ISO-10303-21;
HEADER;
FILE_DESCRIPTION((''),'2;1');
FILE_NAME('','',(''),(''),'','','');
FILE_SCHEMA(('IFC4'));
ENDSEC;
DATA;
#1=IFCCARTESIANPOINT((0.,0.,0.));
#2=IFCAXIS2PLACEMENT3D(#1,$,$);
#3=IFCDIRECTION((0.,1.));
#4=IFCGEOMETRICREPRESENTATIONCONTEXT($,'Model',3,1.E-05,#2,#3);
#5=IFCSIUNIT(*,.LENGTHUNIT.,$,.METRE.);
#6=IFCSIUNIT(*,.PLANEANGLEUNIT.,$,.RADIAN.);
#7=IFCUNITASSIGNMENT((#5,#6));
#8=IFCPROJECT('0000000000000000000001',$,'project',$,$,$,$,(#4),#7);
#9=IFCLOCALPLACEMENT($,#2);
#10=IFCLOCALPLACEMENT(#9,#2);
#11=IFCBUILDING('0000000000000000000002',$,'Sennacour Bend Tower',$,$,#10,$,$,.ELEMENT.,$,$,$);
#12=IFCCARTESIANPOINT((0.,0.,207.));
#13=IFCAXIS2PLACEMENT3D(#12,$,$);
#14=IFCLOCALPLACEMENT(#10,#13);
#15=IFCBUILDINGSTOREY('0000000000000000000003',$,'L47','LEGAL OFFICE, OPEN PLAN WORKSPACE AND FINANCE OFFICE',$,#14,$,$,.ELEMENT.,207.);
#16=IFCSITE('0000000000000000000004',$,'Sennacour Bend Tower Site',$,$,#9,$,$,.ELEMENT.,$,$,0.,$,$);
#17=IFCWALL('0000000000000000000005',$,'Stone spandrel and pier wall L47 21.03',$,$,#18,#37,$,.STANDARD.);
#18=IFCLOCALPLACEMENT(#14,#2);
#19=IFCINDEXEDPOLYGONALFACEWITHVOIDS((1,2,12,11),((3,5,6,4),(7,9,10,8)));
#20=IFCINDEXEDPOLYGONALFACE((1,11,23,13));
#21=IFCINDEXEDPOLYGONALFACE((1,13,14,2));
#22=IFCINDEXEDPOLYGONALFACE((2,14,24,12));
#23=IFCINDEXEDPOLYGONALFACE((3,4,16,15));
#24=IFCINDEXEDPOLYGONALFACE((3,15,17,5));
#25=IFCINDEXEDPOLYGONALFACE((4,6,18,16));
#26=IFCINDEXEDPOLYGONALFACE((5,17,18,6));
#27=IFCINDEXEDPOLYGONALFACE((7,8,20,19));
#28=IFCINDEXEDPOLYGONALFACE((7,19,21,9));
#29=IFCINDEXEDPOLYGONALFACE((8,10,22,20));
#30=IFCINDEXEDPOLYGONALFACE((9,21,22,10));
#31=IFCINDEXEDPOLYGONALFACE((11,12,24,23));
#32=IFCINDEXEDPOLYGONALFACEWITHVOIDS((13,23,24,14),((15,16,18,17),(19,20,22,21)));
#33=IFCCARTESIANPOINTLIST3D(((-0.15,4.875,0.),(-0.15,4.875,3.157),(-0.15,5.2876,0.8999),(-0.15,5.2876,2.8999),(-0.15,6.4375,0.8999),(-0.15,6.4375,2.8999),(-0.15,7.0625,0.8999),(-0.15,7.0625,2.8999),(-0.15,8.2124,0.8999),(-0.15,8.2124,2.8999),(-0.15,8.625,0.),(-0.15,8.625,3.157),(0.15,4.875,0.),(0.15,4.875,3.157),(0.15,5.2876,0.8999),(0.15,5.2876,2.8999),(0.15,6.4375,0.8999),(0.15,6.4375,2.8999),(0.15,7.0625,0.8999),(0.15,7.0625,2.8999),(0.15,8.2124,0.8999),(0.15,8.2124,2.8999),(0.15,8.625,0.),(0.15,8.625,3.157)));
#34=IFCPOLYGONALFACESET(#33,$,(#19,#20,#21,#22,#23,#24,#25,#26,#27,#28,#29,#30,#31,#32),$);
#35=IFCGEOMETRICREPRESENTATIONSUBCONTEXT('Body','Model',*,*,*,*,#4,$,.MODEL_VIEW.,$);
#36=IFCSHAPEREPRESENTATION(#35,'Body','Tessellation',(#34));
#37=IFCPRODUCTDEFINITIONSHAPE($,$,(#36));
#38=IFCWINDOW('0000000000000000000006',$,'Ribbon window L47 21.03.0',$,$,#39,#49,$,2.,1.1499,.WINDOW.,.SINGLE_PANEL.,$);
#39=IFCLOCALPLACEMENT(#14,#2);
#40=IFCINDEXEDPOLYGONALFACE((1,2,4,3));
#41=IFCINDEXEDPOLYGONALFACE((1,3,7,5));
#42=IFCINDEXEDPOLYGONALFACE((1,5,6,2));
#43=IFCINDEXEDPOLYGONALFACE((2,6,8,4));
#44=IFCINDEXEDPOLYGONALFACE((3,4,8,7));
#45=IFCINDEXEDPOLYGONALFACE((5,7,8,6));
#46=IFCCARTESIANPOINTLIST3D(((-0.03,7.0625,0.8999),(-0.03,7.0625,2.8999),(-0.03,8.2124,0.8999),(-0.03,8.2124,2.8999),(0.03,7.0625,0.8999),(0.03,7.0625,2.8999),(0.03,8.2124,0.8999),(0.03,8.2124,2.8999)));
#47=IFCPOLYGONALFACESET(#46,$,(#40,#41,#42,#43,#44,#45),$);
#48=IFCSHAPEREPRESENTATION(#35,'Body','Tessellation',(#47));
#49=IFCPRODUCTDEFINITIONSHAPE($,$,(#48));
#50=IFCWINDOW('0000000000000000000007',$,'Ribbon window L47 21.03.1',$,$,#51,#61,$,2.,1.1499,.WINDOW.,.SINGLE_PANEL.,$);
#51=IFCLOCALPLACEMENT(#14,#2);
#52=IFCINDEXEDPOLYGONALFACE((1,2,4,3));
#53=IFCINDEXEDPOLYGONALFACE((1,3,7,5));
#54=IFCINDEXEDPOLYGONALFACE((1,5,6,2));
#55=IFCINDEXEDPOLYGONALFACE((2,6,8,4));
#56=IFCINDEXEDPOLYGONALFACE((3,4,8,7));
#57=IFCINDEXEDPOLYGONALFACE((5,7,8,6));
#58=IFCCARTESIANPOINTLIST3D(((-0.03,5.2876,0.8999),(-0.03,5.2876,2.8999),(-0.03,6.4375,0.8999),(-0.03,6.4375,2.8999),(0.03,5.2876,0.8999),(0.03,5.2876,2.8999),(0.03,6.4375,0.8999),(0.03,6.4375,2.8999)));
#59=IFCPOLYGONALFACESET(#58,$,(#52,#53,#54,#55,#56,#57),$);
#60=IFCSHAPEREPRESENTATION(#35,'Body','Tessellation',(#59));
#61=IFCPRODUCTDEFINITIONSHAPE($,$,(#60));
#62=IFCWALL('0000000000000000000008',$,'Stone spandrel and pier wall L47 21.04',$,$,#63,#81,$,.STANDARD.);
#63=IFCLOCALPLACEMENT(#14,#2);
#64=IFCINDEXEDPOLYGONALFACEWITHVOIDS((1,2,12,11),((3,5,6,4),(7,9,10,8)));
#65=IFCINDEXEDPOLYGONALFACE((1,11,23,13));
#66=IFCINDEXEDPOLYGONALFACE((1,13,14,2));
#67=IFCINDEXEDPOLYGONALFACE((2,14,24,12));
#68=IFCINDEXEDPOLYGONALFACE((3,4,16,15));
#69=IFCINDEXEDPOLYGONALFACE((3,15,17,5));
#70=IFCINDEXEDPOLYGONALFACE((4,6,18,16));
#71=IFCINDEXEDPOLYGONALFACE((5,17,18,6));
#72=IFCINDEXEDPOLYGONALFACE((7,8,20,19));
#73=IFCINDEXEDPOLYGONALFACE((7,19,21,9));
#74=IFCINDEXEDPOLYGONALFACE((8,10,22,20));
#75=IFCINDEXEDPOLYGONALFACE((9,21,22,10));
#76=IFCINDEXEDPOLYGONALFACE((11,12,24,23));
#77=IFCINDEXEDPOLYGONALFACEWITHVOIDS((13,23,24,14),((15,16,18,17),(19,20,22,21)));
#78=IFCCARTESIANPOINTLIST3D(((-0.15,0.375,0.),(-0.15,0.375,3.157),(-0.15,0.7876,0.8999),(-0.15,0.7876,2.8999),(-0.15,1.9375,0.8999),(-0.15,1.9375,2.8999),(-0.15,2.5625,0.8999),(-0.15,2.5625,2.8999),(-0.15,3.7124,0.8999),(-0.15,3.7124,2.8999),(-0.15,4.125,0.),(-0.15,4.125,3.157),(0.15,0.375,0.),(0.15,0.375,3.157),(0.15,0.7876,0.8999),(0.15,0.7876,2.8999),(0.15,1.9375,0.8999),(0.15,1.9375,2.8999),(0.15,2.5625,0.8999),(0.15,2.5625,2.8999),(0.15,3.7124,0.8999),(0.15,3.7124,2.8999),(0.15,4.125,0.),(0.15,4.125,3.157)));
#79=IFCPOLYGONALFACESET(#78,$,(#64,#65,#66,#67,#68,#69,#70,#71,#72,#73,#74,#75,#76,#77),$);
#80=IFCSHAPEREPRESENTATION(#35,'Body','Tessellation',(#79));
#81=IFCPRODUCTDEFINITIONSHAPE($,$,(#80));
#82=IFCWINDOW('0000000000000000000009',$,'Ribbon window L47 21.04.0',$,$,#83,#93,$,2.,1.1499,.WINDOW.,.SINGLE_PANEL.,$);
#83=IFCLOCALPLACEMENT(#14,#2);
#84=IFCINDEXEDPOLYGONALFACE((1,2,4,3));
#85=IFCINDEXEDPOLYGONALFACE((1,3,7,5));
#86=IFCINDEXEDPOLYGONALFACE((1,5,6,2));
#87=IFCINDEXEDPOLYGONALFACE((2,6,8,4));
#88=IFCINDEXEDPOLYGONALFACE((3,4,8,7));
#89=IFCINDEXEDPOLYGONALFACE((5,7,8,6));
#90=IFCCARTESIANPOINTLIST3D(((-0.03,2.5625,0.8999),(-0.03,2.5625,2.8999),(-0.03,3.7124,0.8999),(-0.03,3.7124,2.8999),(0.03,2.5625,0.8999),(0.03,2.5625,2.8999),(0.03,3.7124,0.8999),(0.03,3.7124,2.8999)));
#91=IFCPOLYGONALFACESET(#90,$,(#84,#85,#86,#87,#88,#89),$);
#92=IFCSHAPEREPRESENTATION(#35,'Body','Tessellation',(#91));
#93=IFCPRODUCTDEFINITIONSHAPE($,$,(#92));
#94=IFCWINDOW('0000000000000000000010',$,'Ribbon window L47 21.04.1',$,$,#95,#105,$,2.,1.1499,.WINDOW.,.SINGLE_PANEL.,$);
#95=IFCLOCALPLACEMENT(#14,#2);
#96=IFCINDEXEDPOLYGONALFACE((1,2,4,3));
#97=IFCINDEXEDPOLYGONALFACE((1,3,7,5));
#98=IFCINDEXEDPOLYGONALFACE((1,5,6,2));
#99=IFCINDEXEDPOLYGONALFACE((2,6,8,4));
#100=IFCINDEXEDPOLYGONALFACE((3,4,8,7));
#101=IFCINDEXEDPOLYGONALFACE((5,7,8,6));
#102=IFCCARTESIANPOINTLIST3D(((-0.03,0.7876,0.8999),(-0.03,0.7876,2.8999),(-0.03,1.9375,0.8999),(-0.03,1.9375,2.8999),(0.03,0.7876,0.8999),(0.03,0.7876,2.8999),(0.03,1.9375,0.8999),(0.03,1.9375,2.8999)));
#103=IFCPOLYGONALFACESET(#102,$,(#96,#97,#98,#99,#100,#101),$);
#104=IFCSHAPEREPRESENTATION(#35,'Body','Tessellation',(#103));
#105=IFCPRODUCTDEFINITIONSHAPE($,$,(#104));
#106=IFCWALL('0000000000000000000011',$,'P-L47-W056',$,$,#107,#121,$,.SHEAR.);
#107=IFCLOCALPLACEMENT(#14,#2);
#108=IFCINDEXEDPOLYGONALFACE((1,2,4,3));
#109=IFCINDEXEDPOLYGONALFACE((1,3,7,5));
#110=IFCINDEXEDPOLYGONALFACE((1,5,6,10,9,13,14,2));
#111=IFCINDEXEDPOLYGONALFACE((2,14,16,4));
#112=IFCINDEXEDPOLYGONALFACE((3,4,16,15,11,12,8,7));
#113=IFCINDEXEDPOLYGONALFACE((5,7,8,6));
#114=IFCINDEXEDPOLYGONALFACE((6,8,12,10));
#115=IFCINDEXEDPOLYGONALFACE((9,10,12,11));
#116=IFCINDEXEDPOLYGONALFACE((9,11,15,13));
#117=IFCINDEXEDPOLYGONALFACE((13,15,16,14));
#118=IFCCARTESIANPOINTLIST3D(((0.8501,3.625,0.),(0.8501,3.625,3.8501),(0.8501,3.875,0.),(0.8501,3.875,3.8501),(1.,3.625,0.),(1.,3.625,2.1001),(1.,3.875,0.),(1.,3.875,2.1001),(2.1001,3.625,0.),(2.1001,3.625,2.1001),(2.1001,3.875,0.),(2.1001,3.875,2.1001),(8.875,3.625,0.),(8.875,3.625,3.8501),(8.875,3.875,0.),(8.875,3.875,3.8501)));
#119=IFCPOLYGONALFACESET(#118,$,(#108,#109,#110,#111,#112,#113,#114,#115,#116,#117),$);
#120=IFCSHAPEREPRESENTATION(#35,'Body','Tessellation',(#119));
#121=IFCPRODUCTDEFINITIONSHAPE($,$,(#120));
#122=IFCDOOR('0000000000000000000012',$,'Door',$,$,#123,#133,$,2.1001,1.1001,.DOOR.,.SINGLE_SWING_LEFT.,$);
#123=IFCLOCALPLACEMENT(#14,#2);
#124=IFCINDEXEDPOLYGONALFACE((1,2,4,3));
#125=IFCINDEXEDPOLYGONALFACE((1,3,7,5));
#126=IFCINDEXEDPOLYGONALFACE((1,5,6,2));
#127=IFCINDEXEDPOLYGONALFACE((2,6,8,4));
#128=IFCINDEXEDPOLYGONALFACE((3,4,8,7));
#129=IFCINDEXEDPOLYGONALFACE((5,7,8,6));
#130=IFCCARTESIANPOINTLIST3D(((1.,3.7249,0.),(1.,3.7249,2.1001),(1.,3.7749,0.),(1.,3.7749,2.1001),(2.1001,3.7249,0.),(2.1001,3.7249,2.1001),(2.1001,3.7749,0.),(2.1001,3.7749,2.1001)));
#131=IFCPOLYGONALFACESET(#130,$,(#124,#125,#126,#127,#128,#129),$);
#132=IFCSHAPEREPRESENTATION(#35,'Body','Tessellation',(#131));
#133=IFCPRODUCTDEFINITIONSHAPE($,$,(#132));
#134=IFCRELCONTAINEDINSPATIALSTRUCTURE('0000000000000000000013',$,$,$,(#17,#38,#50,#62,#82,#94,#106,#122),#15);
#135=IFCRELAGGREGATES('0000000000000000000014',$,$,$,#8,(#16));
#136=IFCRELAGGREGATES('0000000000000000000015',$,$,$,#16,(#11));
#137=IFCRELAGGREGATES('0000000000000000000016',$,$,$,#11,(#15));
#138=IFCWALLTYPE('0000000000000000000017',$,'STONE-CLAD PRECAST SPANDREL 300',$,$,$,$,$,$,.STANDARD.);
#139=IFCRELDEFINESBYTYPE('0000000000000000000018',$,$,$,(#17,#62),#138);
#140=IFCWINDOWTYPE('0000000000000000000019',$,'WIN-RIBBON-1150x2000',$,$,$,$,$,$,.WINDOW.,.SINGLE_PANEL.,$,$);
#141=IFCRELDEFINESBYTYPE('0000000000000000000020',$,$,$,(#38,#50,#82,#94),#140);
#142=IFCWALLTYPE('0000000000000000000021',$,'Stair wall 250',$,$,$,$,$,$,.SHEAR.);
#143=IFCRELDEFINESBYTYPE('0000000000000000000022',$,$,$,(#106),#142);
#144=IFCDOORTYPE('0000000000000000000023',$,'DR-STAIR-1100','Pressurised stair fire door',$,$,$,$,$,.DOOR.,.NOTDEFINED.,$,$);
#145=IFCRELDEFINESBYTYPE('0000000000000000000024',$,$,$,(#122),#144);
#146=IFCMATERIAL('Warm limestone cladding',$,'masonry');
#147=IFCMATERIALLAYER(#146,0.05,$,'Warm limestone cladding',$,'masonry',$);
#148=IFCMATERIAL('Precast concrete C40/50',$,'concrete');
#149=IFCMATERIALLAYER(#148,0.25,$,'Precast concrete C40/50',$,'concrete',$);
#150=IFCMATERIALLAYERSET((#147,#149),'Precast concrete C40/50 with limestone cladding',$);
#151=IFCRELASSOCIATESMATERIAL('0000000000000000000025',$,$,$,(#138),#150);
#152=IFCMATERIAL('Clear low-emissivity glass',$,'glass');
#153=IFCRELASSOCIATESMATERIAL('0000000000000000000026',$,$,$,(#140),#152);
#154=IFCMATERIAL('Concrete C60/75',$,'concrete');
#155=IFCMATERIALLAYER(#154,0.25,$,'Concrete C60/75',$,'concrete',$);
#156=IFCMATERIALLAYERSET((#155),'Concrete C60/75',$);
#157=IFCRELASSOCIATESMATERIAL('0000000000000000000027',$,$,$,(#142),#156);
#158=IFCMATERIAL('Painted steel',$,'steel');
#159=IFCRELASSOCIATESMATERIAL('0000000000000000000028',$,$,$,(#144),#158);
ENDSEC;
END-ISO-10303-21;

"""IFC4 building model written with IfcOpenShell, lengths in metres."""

from ifc_helpers import new_model, si_unit, direction, frame, frame_2d, origin, place, context, subcontext, project, spatial, rectangle, extrude, material, layer, layer_set, type_object, element, fill, save


model = new_model("IFC4")

# Units and contexts
model_context = context("Model", 3, precision=1e-05, world=origin(), true_north=direction((0.0, 1.0)))
body_context = subcontext(model_context, "Body", "Model", "MODEL_VIEW")
ifc_project = project(units=[si_unit("LENGTHUNIT", "METRE"), si_unit("PLANEANGLEUNIT", "RADIAN")], contexts=[model_context])

# Site, building, storey
site_placement = place(None, origin())
site = spatial("IfcSite", under=ifc_project, at=site_placement, Name="Sennacour Bend Tower Site", CompositionType="ELEMENT", RefElevation=0.0)
building_placement = place(site_placement, origin())
building = spatial("IfcBuilding", under=site, at=building_placement, Name="Sennacour Bend Tower", CompositionType="ELEMENT")
storey_placement = place(building_placement, frame((0.0, 0.0, 207.0)))
storey = spatial("IfcBuildingStorey", under=building, at=storey_placement, Name="L47", Description="LEGAL OFFICE, OPEN PLAN WORKSPACE AND FINANCE OFFICE", CompositionType="ELEMENT", Elevation=207.0)

# Walls, openings, windows
ifc_material_1 = material(Name="Warm limestone cladding", Category="masonry")
ifc_layer_1 = layer(ifc_material_1, 0.05, Name="Warm limestone cladding", Category="masonry")
ifc_material_2 = material(Name="Precast concrete C40/50", Category="concrete")
ifc_layer_2 = layer(ifc_material_2, 0.25, Name="Precast concrete C40/50", Category="concrete")
ifc_layer_set_1 = layer_set([ifc_layer_1, ifc_layer_2], Name="Precast concrete C40/50 with limestone cladding")
wall_type_1 = type_object("IfcWallType", Name="STONE-CLAD PRECAST SPANDREL 300", PredefinedType="STANDARD", material=ifc_layer_set_1)
wall_1_placement = place(storey_placement, frame((0.0, 8.625, 0.0), z_axis=(0.0, 0.0, 1.0), x_axis=(0.0, -1.0, 0.0)))
wall_1 = element("IfcWall", 1, at=wall_1_placement, inside=storey, type_object=wall_type_1, Name="Stone spandrel and pier wall L47 21.03", PredefinedType="STANDARD", context=body_context, shape_type="SweptSolid", body=[
    extrude(rectangle(XDim=3.75, YDim=0.3, at=frame_2d((1.875, 0.0))), origin(), (0.0, 0.0, 1.0), 3.157),
])
opening_1_placement = place(wall_1_placement, frame((0.4126, 0.0, 0.8999)))
opening_1 = element("IfcOpeningElement", 2, at=opening_1_placement, cuts=wall_1, PredefinedType="OPENING", context=body_context, shape_type="SweptSolid", body=[
    extrude(rectangle(XDim=1.1499, YDim=2.0, at=frame_2d((0.575, 1.0))), frame((0.0, 0.1602, 0.0), z_axis=(0.0, -1.0, 0.0), x_axis=(1.0, 0.0, 0.0)), (0.0, 0.0, 1.0), 0.3201),
])
opening_2_placement = place(wall_1_placement, frame((2.1875, 0.0, 0.8999)))
opening_2 = element("IfcOpeningElement", 3, at=opening_2_placement, cuts=wall_1, PredefinedType="OPENING", context=body_context, shape_type="SweptSolid", body=[
    extrude(rectangle(XDim=1.1499, YDim=2.0, at=frame_2d((0.575, 1.0))), frame((0.0, 0.1602, 0.0), z_axis=(0.0, -1.0, 0.0), x_axis=(1.0, 0.0, 0.0)), (0.0, 0.0, 1.0), 0.3201),
])
ifc_material_3 = material(Name="Clear low-emissivity glass", Category="glass")
window_type = type_object("IfcWindowType", Name="WIN-RIBBON-1150x2000", PartitioningType="SINGLE_PANEL", PredefinedType="WINDOW", material=ifc_material_3)
window_1_placement = place(opening_1_placement, origin())
window_1 = element("IfcWindow", 4, at=window_1_placement, inside=storey, type_object=window_type, Name="Ribbon window L47 21.03.0", OverallHeight=2.0, OverallWidth=1.1499, PartitioningType="SINGLE_PANEL", PredefinedType="WINDOW", context=body_context, shape_type="SweptSolid", body=[
    extrude(rectangle(XDim=1.1499, YDim=2.0, at=frame_2d((0.575, 1.0))), frame((0.0, 0.03, 0.0), z_axis=(0.0, -1.0, 0.0), x_axis=(1.0, 0.0, 0.0)), (0.0, 0.0, 1.0), 0.0601),
])
fill(opening_1, window_1)
window_2_placement = place(opening_2_placement, origin())
window_2 = element("IfcWindow", 5, at=window_2_placement, inside=storey, type_object=window_type, Name="Ribbon window L47 21.03.1", OverallHeight=2.0, OverallWidth=1.1499, PartitioningType="SINGLE_PANEL", PredefinedType="WINDOW", context=body_context, shape_type="SweptSolid", body=[
    extrude(rectangle(XDim=1.1499, YDim=2.0, at=frame_2d((0.575, 1.0))), frame((0.0, 0.03, 0.0), z_axis=(0.0, -1.0, 0.0), x_axis=(1.0, 0.0, 0.0)), (0.0, 0.0, 1.0), 0.0601),
])
fill(opening_2, window_2)
wall_2_placement = place(storey_placement, frame((0.0, 4.125, 0.0), z_axis=(0.0, 0.0, 1.0), x_axis=(0.0, -1.0, 0.0)))
wall_2 = element("IfcWall", 6, at=wall_2_placement, inside=storey, type_object=wall_type_1, Name="Stone spandrel and pier wall L47 21.04", PredefinedType="STANDARD", context=body_context, shape_type="SweptSolid", body=[
    extrude(rectangle(XDim=3.75, YDim=0.3, at=frame_2d((1.875, 0.0))), origin(), (0.0, 0.0, 1.0), 3.157),
])
opening_3_placement = place(wall_2_placement, frame((0.4126, 0.0, 0.8999)))
opening_3 = element("IfcOpeningElement", 7, at=opening_3_placement, cuts=wall_2, PredefinedType="OPENING", context=body_context, shape_type="SweptSolid", body=[
    extrude(rectangle(XDim=1.1499, YDim=2.0, at=frame_2d((0.575, 1.0))), frame((0.0, 0.1602, 0.0), z_axis=(0.0, -1.0, 0.0), x_axis=(1.0, 0.0, 0.0)), (0.0, 0.0, 1.0), 0.3201),
])
opening_4_placement = place(wall_2_placement, frame((2.1875, 0.0, 0.8999)))
opening_4 = element("IfcOpeningElement", 8, at=opening_4_placement, cuts=wall_2, PredefinedType="OPENING", context=body_context, shape_type="SweptSolid", body=[
    extrude(rectangle(XDim=1.1499, YDim=2.0, at=frame_2d((0.575, 1.0))), frame((0.0, 0.1602, 0.0), z_axis=(0.0, -1.0, 0.0), x_axis=(1.0, 0.0, 0.0)), (0.0, 0.0, 1.0), 0.3201),
])
window_3_placement = place(opening_3_placement, origin())
window_3 = element("IfcWindow", 9, at=window_3_placement, inside=storey, type_object=window_type, Name="Ribbon window L47 21.04.0", OverallHeight=2.0, OverallWidth=1.1499, PartitioningType="SINGLE_PANEL", PredefinedType="WINDOW", context=body_context, shape_type="SweptSolid", body=[
    extrude(rectangle(XDim=1.1499, YDim=2.0, at=frame_2d((0.575, 1.0))), frame((0.0, 0.03, 0.0), z_axis=(0.0, -1.0, 0.0), x_axis=(1.0, 0.0, 0.0)), (0.0, 0.0, 1.0), 0.0601),
])
fill(opening_3, window_3)
window_4_placement = place(opening_4_placement, origin())
window_4 = element("IfcWindow", 10, at=window_4_placement, inside=storey, type_object=window_type, Name="Ribbon window L47 21.04.1", OverallHeight=2.0, OverallWidth=1.1499, PartitioningType="SINGLE_PANEL", PredefinedType="WINDOW", context=body_context, shape_type="SweptSolid", body=[
    extrude(rectangle(XDim=1.1499, YDim=2.0, at=frame_2d((0.575, 1.0))), frame((0.0, 0.03, 0.0), z_axis=(0.0, -1.0, 0.0), x_axis=(1.0, 0.0, 0.0)), (0.0, 0.0, 1.0), 0.0601),
])
fill(opening_4, window_4)

# Wall, opening, door
ifc_material_4 = material(Name="Concrete C60/75", Category="concrete")
ifc_layer_3 = layer(ifc_material_4, 0.25, Name="Concrete C60/75", Category="concrete")
ifc_layer_set_2 = layer_set([ifc_layer_3], Name="Concrete C60/75")
wall_type_2 = type_object("IfcWallType", Name="Stair wall 250", PredefinedType="SHEAR", material=ifc_layer_set_2)
wall_3_placement = place(storey_placement, frame((0.8501, 3.75, 0.0), z_axis=(0.0, 0.0, 1.0), x_axis=(1.0, 0.0, 0.0)))
wall_3 = element("IfcWall", 11, at=wall_3_placement, inside=storey, type_object=wall_type_2, Name="P-L47-W056", PredefinedType="SHEAR", context=body_context, shape_type="SweptSolid", body=[
    extrude(rectangle(XDim=8.0249, YDim=0.25, at=frame_2d((4.0125, 0.0))), origin(), (0.0, 0.0, 1.0), 3.8501),
])
opening_5_placement = place(wall_3_placement, frame((0.1499, 0.0, 0.0)))
opening_5 = element("IfcOpeningElement", 12, at=opening_5_placement, cuts=wall_3, PredefinedType="OPENING", context=body_context, shape_type="SweptSolid", body=[
    extrude(rectangle(XDim=1.1001, YDim=2.1001, at=frame_2d((0.55, 1.05))), frame((0.0, 0.135, 0.0), z_axis=(0.0, -1.0, 0.0), x_axis=(1.0, 0.0, 0.0)), (0.0, 0.0, 1.0), 0.27),
])
ifc_material_5 = material(Name="Painted steel", Category="steel")
door_type = type_object("IfcDoorType", Name="DR-STAIR-1100", Description="Pressurised stair fire door", OperationType="NOTDEFINED", PredefinedType="DOOR", material=ifc_material_5)
door_placement = place(opening_5_placement, origin())
door = element("IfcDoor", 13, at=door_placement, inside=storey, type_object=door_type, Name="Door", OperationType="SINGLE_SWING_LEFT", OverallHeight=2.1001, OverallWidth=1.1001, PredefinedType="DOOR", context=body_context, shape_type="SweptSolid", body=[
    extrude(rectangle(XDim=1.1001, YDim=2.1001, at=frame_2d((0.55, 1.05))), frame((0.0, 0.0249, 0.0), z_axis=(0.0, -1.0, 0.0), x_axis=(1.0, 0.0, 0.0)), (0.0, 0.0, 1.0), 0.05),
])
fill(opening_5, door)

save(model, "model.ifc")
